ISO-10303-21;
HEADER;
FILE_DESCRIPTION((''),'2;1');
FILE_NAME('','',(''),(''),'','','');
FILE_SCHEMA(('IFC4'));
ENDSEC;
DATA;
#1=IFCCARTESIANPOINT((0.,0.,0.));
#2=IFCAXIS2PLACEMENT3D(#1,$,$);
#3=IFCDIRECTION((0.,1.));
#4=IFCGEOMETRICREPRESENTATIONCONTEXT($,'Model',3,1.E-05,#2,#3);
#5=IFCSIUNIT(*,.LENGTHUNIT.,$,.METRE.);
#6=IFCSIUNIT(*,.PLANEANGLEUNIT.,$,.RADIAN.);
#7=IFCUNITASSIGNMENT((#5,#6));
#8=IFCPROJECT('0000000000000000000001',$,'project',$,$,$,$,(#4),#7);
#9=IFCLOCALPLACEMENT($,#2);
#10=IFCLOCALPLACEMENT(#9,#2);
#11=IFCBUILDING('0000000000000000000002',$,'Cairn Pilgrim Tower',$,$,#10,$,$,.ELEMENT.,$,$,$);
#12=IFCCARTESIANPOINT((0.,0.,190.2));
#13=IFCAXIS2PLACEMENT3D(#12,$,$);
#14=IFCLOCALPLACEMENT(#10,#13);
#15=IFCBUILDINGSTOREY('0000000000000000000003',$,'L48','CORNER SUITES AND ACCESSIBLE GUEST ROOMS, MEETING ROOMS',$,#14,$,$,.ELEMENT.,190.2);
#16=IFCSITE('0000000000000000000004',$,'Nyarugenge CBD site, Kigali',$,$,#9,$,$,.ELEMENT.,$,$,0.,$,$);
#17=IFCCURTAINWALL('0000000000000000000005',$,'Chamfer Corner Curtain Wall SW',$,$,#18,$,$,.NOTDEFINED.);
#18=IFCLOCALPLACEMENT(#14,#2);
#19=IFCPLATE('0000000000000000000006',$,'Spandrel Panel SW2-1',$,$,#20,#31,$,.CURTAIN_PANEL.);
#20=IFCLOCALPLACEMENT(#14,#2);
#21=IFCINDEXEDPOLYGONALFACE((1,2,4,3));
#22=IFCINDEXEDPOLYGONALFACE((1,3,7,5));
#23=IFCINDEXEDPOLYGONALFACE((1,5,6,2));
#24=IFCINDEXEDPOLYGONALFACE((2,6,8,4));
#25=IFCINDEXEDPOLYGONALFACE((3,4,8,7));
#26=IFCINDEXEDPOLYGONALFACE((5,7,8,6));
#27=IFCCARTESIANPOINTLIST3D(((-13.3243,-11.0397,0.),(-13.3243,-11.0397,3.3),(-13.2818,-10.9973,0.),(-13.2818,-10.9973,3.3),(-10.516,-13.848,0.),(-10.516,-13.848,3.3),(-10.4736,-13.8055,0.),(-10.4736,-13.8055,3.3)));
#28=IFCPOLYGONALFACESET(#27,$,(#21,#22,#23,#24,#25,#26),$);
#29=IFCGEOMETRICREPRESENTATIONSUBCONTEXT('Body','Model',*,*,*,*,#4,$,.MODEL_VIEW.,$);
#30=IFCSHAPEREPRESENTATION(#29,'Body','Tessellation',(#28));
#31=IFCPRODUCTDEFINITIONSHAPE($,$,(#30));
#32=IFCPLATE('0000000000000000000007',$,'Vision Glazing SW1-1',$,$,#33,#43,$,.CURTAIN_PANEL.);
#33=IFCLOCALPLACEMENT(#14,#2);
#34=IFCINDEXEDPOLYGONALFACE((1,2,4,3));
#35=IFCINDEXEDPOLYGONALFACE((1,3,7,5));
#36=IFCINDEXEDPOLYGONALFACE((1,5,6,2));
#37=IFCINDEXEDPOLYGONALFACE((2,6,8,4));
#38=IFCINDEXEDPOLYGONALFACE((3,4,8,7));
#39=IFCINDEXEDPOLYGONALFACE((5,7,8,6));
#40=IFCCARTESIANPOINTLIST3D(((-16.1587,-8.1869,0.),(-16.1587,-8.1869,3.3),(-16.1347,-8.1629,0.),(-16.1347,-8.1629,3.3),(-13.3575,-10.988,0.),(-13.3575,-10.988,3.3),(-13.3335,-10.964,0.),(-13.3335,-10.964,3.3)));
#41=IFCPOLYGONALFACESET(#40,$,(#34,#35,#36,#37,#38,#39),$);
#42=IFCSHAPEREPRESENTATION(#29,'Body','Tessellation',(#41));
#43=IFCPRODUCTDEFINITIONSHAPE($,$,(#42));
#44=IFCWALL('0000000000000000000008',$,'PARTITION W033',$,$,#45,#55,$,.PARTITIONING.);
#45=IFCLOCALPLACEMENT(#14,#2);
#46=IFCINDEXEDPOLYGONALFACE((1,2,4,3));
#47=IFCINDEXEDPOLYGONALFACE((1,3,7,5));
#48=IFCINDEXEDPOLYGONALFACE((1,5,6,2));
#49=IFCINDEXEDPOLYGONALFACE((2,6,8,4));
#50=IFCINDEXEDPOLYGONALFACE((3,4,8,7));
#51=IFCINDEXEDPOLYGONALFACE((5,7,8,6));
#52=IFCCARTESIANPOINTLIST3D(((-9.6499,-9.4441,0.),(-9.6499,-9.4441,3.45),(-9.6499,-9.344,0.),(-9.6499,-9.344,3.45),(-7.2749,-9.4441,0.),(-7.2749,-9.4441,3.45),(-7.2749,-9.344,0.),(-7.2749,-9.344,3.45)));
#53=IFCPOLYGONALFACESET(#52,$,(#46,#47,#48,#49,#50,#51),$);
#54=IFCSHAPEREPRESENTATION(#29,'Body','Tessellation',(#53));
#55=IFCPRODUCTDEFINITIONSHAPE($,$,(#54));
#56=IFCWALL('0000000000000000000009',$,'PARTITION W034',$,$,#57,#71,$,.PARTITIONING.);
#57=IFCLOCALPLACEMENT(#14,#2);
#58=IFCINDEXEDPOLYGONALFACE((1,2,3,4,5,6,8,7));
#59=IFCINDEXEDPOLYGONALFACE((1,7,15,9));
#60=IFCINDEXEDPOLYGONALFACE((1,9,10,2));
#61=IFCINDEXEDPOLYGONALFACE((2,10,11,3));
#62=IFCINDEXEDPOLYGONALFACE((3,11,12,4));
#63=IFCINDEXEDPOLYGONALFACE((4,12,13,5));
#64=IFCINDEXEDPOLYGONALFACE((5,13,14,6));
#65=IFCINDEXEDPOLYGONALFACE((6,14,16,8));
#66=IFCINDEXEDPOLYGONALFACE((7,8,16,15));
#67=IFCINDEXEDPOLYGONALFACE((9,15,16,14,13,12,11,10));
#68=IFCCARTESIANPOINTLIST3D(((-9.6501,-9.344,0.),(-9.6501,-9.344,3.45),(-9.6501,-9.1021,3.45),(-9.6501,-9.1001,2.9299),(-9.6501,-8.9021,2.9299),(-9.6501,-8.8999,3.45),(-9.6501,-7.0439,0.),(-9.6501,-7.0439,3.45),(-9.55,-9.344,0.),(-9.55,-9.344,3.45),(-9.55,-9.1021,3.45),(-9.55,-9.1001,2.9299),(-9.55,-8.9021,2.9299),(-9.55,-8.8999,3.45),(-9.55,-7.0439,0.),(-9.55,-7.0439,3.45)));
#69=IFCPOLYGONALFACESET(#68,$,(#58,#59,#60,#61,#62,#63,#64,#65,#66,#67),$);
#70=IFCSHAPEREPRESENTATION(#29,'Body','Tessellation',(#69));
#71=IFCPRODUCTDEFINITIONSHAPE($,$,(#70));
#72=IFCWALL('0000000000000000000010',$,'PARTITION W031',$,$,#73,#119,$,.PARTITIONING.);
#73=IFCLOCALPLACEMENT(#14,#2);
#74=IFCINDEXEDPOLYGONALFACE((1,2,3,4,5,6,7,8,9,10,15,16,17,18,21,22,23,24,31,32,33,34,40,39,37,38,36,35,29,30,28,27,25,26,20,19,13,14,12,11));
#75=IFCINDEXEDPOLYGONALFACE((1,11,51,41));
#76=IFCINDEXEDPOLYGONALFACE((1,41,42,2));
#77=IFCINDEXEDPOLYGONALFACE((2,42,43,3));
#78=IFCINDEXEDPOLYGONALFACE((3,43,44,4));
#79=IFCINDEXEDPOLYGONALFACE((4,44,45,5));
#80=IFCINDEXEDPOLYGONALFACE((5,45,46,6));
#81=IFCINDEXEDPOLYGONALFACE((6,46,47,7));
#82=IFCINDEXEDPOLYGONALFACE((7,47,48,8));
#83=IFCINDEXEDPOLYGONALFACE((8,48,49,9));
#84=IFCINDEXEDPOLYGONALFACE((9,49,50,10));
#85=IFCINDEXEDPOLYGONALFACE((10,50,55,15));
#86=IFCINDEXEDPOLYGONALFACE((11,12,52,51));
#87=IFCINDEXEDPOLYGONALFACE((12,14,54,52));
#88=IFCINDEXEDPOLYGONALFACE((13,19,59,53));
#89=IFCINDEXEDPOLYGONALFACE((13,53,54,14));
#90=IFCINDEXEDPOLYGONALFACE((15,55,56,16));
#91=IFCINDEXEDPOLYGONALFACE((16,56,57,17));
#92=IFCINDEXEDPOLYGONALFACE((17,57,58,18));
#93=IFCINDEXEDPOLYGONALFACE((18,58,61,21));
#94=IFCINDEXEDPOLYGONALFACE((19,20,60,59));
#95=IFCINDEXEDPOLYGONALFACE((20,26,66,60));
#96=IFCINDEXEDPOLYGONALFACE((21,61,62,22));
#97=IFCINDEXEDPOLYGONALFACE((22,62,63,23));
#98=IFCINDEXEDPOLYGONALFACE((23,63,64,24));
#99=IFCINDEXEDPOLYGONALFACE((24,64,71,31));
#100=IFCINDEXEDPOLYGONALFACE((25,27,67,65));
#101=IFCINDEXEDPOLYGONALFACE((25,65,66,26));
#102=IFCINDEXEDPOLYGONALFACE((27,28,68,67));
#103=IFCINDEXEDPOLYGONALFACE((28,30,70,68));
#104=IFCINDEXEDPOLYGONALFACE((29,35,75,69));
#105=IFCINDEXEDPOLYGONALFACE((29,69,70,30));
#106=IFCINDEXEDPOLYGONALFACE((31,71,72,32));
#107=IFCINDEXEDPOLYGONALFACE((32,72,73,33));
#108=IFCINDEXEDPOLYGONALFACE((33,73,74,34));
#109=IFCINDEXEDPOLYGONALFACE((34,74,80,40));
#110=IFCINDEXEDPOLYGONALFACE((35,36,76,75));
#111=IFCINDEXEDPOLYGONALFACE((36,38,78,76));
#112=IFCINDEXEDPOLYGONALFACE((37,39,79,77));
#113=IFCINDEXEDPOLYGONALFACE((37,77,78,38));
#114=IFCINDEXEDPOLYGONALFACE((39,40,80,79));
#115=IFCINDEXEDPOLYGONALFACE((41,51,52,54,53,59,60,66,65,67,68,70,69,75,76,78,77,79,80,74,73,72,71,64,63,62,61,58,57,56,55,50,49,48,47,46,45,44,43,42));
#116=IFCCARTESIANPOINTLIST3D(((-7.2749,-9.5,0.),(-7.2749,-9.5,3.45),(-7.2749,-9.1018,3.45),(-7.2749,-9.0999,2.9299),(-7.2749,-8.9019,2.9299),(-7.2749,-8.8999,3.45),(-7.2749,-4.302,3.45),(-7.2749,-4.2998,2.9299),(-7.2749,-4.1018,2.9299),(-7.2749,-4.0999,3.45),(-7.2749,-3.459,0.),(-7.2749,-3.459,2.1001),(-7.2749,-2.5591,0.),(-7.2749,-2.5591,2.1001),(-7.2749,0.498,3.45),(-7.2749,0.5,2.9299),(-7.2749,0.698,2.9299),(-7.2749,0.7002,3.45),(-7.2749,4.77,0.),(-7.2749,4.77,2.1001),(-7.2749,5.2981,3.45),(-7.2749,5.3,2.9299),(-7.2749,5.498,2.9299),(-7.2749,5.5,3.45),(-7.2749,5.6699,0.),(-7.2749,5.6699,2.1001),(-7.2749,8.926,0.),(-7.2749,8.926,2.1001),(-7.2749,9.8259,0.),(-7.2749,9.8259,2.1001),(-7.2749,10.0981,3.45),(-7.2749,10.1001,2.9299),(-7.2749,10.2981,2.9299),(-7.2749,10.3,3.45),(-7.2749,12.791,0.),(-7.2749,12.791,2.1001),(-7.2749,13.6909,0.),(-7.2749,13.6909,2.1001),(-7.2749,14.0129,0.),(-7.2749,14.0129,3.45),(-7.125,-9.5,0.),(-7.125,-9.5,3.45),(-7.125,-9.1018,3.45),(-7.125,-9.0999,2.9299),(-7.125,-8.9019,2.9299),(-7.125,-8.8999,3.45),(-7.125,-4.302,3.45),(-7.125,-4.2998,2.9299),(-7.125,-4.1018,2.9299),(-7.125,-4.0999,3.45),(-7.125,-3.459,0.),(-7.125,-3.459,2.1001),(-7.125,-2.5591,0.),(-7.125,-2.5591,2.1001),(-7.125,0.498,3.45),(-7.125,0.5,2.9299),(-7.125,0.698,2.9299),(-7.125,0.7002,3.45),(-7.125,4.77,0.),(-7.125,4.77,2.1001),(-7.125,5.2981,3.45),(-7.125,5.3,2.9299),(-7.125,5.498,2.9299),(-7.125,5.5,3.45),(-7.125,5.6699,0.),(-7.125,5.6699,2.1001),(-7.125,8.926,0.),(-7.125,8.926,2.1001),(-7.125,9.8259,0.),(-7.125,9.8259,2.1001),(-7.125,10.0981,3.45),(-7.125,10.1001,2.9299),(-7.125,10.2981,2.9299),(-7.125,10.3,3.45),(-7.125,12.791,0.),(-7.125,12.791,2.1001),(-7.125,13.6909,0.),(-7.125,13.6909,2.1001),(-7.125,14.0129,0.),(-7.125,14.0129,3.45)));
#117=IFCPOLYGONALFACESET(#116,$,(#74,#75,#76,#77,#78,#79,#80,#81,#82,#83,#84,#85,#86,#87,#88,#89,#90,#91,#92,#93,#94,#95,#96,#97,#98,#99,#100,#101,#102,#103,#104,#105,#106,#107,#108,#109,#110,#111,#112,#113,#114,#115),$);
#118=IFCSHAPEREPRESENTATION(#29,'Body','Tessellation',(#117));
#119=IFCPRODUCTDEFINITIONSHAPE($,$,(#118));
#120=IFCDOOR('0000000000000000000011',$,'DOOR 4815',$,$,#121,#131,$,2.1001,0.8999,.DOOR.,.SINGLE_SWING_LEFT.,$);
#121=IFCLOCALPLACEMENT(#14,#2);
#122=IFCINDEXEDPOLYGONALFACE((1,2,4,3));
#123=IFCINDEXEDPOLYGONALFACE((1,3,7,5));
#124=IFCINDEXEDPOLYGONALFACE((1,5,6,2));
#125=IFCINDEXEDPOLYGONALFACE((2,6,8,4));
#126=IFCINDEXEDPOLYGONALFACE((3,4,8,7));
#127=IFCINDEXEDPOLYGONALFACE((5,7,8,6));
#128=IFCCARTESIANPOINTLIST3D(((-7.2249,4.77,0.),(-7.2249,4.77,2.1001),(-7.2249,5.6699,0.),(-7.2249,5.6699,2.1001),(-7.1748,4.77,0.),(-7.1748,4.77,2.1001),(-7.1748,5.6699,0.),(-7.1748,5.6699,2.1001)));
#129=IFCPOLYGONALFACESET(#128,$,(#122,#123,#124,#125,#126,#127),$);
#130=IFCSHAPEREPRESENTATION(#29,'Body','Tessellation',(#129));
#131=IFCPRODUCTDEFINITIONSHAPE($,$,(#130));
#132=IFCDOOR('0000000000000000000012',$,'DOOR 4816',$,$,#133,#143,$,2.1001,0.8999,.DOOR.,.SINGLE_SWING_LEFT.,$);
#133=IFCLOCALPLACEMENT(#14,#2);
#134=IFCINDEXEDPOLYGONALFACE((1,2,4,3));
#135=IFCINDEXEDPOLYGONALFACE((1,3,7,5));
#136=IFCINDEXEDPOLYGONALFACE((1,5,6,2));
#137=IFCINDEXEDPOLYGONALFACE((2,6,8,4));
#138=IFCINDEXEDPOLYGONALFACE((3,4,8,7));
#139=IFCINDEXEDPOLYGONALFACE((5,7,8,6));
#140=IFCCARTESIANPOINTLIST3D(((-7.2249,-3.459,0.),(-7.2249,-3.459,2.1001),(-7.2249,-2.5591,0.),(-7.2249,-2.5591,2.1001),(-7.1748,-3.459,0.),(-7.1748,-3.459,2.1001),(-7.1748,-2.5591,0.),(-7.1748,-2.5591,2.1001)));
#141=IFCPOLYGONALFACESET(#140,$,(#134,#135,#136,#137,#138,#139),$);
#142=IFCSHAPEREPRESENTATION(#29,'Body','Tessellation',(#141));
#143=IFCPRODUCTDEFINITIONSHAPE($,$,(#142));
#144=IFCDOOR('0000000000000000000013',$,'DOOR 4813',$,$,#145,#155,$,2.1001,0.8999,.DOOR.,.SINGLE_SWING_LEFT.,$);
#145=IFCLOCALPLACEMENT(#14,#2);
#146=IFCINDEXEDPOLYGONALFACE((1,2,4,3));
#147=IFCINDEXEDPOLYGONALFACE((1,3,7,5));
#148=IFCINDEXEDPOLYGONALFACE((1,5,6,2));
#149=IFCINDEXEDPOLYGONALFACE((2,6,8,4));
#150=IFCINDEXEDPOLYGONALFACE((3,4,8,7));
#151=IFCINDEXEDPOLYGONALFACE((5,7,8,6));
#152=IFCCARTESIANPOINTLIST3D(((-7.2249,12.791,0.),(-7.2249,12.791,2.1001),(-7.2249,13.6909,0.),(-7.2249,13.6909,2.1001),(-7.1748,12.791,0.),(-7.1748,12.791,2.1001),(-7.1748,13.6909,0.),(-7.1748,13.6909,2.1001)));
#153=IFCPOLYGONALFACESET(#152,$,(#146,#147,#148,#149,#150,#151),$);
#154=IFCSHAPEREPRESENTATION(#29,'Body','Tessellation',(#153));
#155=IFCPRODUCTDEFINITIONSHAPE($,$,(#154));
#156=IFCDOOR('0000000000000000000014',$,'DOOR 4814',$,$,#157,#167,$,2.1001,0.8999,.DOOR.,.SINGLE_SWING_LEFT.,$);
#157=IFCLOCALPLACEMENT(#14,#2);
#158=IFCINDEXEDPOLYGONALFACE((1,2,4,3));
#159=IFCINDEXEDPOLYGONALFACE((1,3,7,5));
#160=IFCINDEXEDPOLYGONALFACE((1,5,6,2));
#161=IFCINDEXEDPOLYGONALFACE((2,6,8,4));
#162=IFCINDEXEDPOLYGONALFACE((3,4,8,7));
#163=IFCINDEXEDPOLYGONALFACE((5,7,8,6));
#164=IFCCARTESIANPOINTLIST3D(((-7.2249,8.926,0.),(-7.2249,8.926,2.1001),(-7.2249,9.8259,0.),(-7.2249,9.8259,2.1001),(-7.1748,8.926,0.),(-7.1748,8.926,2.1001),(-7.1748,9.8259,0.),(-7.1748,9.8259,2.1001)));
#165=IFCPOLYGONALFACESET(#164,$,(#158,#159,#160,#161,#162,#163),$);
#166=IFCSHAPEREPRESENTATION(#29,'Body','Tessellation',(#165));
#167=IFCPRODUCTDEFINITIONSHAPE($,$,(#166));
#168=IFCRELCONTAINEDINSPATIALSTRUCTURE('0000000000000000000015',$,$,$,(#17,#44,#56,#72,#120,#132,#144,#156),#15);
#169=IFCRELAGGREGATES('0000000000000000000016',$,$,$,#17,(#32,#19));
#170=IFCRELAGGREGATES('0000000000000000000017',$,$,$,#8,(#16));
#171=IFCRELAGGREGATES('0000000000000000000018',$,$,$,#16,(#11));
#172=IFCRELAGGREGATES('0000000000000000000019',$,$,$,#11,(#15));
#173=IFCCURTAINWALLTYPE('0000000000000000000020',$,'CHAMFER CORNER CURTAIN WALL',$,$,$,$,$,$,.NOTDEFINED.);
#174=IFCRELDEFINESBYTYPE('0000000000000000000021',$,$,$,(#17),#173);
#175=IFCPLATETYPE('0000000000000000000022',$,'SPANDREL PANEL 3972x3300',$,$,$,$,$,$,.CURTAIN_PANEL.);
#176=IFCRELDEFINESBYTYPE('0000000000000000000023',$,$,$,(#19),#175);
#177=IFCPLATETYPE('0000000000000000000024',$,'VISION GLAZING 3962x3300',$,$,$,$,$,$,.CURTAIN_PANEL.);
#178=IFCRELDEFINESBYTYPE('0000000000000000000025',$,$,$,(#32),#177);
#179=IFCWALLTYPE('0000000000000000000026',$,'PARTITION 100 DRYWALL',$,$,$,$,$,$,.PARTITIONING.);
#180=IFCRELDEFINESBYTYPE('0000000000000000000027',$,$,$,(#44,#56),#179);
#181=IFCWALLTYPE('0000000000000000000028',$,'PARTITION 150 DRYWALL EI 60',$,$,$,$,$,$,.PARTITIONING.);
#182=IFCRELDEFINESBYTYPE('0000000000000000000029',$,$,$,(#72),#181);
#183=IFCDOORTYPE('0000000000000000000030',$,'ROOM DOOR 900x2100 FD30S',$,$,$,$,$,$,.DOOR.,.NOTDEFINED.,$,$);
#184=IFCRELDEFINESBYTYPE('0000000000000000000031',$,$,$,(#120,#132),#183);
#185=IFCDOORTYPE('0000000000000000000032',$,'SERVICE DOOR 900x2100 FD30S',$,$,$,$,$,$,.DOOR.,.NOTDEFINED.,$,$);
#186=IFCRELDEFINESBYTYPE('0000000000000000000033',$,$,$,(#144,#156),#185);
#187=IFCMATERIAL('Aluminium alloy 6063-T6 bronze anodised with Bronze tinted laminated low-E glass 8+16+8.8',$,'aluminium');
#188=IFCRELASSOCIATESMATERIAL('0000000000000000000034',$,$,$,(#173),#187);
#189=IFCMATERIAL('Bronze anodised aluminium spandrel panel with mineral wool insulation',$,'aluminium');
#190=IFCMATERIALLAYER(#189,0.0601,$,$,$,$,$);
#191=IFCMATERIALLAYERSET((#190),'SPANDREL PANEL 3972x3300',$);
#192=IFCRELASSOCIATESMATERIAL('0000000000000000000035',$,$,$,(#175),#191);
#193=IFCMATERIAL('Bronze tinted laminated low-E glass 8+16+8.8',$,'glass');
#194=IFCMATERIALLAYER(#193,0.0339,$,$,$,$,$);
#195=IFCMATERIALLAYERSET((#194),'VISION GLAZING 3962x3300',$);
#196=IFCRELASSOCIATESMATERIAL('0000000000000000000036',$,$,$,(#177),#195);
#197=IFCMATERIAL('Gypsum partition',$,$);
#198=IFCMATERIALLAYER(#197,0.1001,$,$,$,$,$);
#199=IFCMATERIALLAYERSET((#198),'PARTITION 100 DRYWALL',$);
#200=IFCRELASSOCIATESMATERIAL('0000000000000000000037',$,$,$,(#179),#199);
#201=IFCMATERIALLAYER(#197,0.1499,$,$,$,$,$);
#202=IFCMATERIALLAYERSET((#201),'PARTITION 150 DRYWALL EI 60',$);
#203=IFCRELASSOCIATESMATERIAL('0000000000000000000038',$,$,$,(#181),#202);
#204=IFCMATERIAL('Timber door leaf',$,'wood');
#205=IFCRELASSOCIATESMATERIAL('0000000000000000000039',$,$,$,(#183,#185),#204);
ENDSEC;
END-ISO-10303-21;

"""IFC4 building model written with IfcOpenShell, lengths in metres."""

from ifc_helpers import new_model, si_unit, direction, frame, frame_2d, origin, origin_2d, place, context, subcontext, project, spatial, polyline, rectangle, outline, extrude, material, layer, layer_set, type_object, element, fill, aggregate, save


model = new_model("IFC4")

# Units and contexts
model_context = context("Model", 3, precision=1e-05, world=origin(), true_north=direction((0.0, 1.0)))
body_context = subcontext(model_context, "Body", "Model", "MODEL_VIEW")
ifc_project = project(units=[si_unit("LENGTHUNIT", "METRE"), si_unit("PLANEANGLEUNIT", "RADIAN")], contexts=[model_context])

# Site, building, storey
site_placement = place(None, origin())
site = spatial("IfcSite", under=ifc_project, at=site_placement, Name="Nyarugenge CBD site, Kigali", CompositionType="ELEMENT", RefElevation=0.0)
building_placement = place(site_placement, origin())
building = spatial("IfcBuilding", under=site, at=building_placement, Name="Cairn Pilgrim Tower", CompositionType="ELEMENT")
storey_placement = place(building_placement, frame((0.0, 0.0, 190.2)))
storey = spatial("IfcBuildingStorey", under=building, at=storey_placement, Name="L48", Description="CORNER SUITES AND ACCESSIBLE GUEST ROOMS, MEETING ROOMS", CompositionType="ELEMENT", Elevation=190.2)

# Curtain wall
ifc_material_1 = material(Name="Aluminium alloy 6063-T6 bronze anodised with Bronze tinted laminated low-E glass 8+16+8.8", Category="aluminium")
curtain_wall_type = type_object("IfcCurtainWallType", Name="CHAMFER CORNER CURTAIN WALL", PredefinedType="NOTDEFINED", material=ifc_material_1)
curtain_wall_placement = place(storey_placement, origin())
curtain_wall = element("IfcCurtainWall", 1, at=curtain_wall_placement, inside=storey, type_object=curtain_wall_type, Name="Chamfer Corner Curtain Wall SW", PredefinedType="NOTDEFINED")

# Plates
ifc_material_2 = material(Name="Bronze anodised aluminium spandrel panel with mineral wool insulation", Category="aluminium")
ifc_layer_1 = layer(ifc_material_2, 0.0601)
ifc_layer_set_1 = layer_set([ifc_layer_1], Name="SPANDREL PANEL 3972x3300")
plate_type_1 = type_object("IfcPlateType", Name="SPANDREL PANEL 3972x3300", PredefinedType="CURTAIN_PANEL", material=ifc_layer_set_1)
plate_1_placement = place(storey_placement, frame((-11.8989, -12.4226, 0.0), z_axis=(0.0, 0.0, 1.0), x_axis=(0.707107, -0.707107, 0.0)))
plate_1 = element("IfcPlate", 2, at=plate_1_placement, type_object=plate_type_1, Name="Spandrel Panel SW2-1", PredefinedType="CURTAIN_PANEL", context=body_context, shape_type="SweptSolid", body=[
    extrude(rectangle(XDim=3.9714, YDim=0.0601, at=origin_2d()), origin(), (0.0, 0.0, 1.0), 3.3),
])
ifc_material_3 = material(Name="Bronze tinted laminated low-E glass 8+16+8.8", Category="glass")
ifc_layer_2 = layer(ifc_material_3, 0.0339)
ifc_layer_set_2 = layer_set([ifc_layer_2], Name="VISION GLAZING 3962x3300")
plate_type_2 = type_object("IfcPlateType", Name="VISION GLAZING 3962x3300", PredefinedType="CURTAIN_PANEL", material=ifc_layer_set_2)
plate_2_placement = place(storey_placement, frame((-14.7461, -9.5754, 0.0), z_axis=(0.0, 0.0, 1.0), x_axis=(0.707107, -0.707107, 0.0)))
plate_2 = element("IfcPlate", 3, at=plate_2_placement, type_object=plate_type_2, Name="Vision Glazing SW1-1", PredefinedType="CURTAIN_PANEL", context=body_context, shape_type="SweptSolid", body=[
    extrude(rectangle(XDim=3.9614, YDim=0.0339, at=origin_2d()), origin(), (0.0, 0.0, 1.0), 3.3),
])
aggregate(curtain_wall, [plate_2, plate_1])

# Walls
ifc_material_4 = material(Name="Gypsum partition")
ifc_layer_3 = layer(ifc_material_4, 0.1001)
ifc_layer_set_3 = layer_set([ifc_layer_3], Name="PARTITION 100 DRYWALL")
wall_type_1 = type_object("IfcWallType", Name="PARTITION 100 DRYWALL", PredefinedType="PARTITIONING", material=ifc_layer_set_3)
wall_1_placement = place(storey_placement, frame((-9.6499, -9.394, 0.0), z_axis=(0.0, 0.0, 1.0), x_axis=(1.0, 0.0, 0.0)))
element("IfcWall", 4, at=wall_1_placement, inside=storey, type_object=wall_type_1, Name="PARTITION W033", PredefinedType="PARTITIONING", context=body_context, shape_type="SweptSolid", body=[
    extrude(rectangle(XDim=2.375, YDim=0.1001, at=frame_2d((1.1875, 0.0))), origin(), (0.0, 0.0, 1.0), 3.45),
])
wall_2_placement = place(storey_placement, frame((-9.6001, -9.344, 0.0), z_axis=(0.0, 0.0, 1.0), x_axis=(0.0, 1.0, 0.0)))
element("IfcWall", 5, at=wall_2_placement, inside=storey, type_object=wall_type_1, Name="PARTITION W034", PredefinedType="PARTITIONING", context=body_context, shape_type="SweptSolid", body=[
    extrude(outline(polyline([(0.0, 0.0), (2.3, 0.0), (2.3, 3.45), (0.4441, 3.45), (0.4419, 2.9299), (0.2439, 2.9299), (0.2419, 3.45), (0.0, 3.45), (0.0, 0.0)])), frame((0.0, 0.05, 0.0), z_axis=(0.0, -1.0, 0.0), x_axis=(1.0, 0.0, 0.0)), (0.0, 0.0, 1.0), 0.1001),
])

# Wall, openings, doors
ifc_layer_4 = layer(ifc_material_4, 0.1499)
ifc_layer_set_4 = layer_set([ifc_layer_4], Name="PARTITION 150 DRYWALL EI 60")
wall_type_2 = type_object("IfcWallType", Name="PARTITION 150 DRYWALL EI 60", PredefinedType="PARTITIONING", material=ifc_layer_set_4)
wall_3_placement = place(storey_placement, frame((-7.2, -9.5, 0.0), z_axis=(0.0, 0.0, 1.0), x_axis=(0.0, 1.0, 0.0)))
wall_3 = element("IfcWall", 6, at=wall_3_placement, inside=storey, type_object=wall_type_2, Name="PARTITION W031", PredefinedType="PARTITIONING", context=body_context, shape_type="SweptSolid", body=[
    extrude(outline(polyline([(0.0, 0.0), (23.5129, 0.0), (23.5129, 3.45), (19.8, 3.45), (19.7981, 2.9299), (19.6001, 2.9299), (19.5981, 3.45), (15.0, 3.45), (14.998, 2.9299), (14.8, 2.9299), (14.7981, 3.45), (10.2002, 3.45), (10.198, 2.9299), (10.0, 2.9299), (9.998, 3.45), (5.4001, 3.45), (5.3982, 2.9299), (5.2002, 2.9299), (5.198, 3.45), (0.6001, 3.45), (0.5981, 2.9299), (0.4001, 2.9299), (0.3982, 3.45), (0.0, 3.45), (0.0, 0.0)])), frame((0.0, 0.075, 0.0), z_axis=(0.0, -1.0, 0.0), x_axis=(1.0, 0.0, 0.0)), (0.0, 0.0, 1.0), 0.1499),
])
opening_1_placement = place(wall_3_placement, frame((22.291, 0.0, 0.0)))
opening_1 = element("IfcOpeningElement", 7, at=opening_1_placement, cuts=wall_3, PredefinedType="OPENING", context=body_context, shape_type="SweptSolid", body=[
    extrude(rectangle(XDim=0.8999, YDim=2.1001, at=frame_2d((0.45, 1.05))), frame((0.0, 0.085, 0.0), z_axis=(0.0, -1.0, 0.0), x_axis=(1.0, 0.0, 0.0)), (0.0, 0.0, 1.0), 0.1699),
])
opening_2_placement = place(wall_3_placement, frame((18.426, 0.0, 0.0)))
opening_2 = element("IfcOpeningElement", 8, at=opening_2_placement, cuts=wall_3, PredefinedType="OPENING", context=body_context, shape_type="SweptSolid", body=[
    extrude(rectangle(XDim=0.8999, YDim=2.1001, at=frame_2d((0.45, 1.05))), frame((0.0, 0.085, 0.0), z_axis=(0.0, -1.0, 0.0), x_axis=(1.0, 0.0, 0.0)), (0.0, 0.0, 1.0), 0.1699),
])
opening_3_placement = place(wall_3_placement, frame((14.27, 0.0, 0.0)))
opening_3 = element("IfcOpeningElement", 9, at=opening_3_placement, cuts=wall_3, PredefinedType="OPENING", context=body_context, shape_type="SweptSolid", body=[
    extrude(rectangle(XDim=0.8999, YDim=2.1001, at=frame_2d((0.45, 1.05))), frame((0.0, 0.085, 0.0), z_axis=(0.0, -1.0, 0.0), x_axis=(1.0, 0.0, 0.0)), (0.0, 0.0, 1.0), 0.1699),
])
opening_4_placement = place(wall_3_placement, frame((6.041, 0.0, 0.0)))
opening_4 = element("IfcOpeningElement", 10, at=opening_4_placement, cuts=wall_3, PredefinedType="OPENING", context=body_context, shape_type="SweptSolid", body=[
    extrude(rectangle(XDim=0.8999, YDim=2.1001, at=frame_2d((0.45, 1.05))), frame((0.0, 0.085, 0.0), z_axis=(0.0, -1.0, 0.0), x_axis=(1.0, 0.0, 0.0)), (0.0, 0.0, 1.0), 0.1699),
])
ifc_material_5 = material(Name="Timber door leaf", Category="wood")
door_type_1 = type_object("IfcDoorType", Name="ROOM DOOR 900x2100 FD30S", OperationType="NOTDEFINED", PredefinedType="DOOR", material=ifc_material_5)
door_1_placement = place(opening_3_placement, origin())
door_1 = element("IfcDoor", 11, at=door_1_placement, inside=storey, type_object=door_type_1, Name="DOOR 4815", OperationType="SINGLE_SWING_LEFT", OverallHeight=2.1001, OverallWidth=0.8999, PredefinedType="DOOR", context=body_context, shape_type="SweptSolid", body=[
    extrude(rectangle(XDim=0.8999, YDim=2.1001, at=frame_2d((0.45, 1.05))), frame((0.0, 0.0249, 0.0), z_axis=(0.0, -1.0, 0.0), x_axis=(1.0, 0.0, 0.0)), (0.0, 0.0, 1.0), 0.05),
])
fill(opening_3, door_1)
door_2_placement = place(opening_4_placement, origin())
door_2 = element("IfcDoor", 12, at=door_2_placement, inside=storey, type_object=door_type_1, Name="DOOR 4816", OperationType="SINGLE_SWING_LEFT", OverallHeight=2.1001, OverallWidth=0.8999, PredefinedType="DOOR", context=body_context, shape_type="SweptSolid", body=[
    extrude(rectangle(XDim=0.8999, YDim=2.1001, at=frame_2d((0.45, 1.05))), frame((0.0, 0.0249, 0.0), z_axis=(0.0, -1.0, 0.0), x_axis=(1.0, 0.0, 0.0)), (0.0, 0.0, 1.0), 0.05),
])
fill(opening_4, door_2)
door_type_2 = type_object("IfcDoorType", Name="SERVICE DOOR 900x2100 FD30S", OperationType="NOTDEFINED", PredefinedType="DOOR", material=ifc_material_5)
door_3_placement = place(opening_1_placement, origin())
door_3 = element("IfcDoor", 13, at=door_3_placement, inside=storey, type_object=door_type_2, Name="DOOR 4813", OperationType="SINGLE_SWING_LEFT", OverallHeight=2.1001, OverallWidth=0.8999, PredefinedType="DOOR", context=body_context, shape_type="SweptSolid", body=[
    extrude(rectangle(XDim=0.8999, YDim=2.1001, at=frame_2d((0.45, 1.05))), frame((0.0, 0.0249, 0.0), z_axis=(0.0, -1.0, 0.0), x_axis=(1.0, 0.0, 0.0)), (0.0, 0.0, 1.0), 0.05),
])
fill(opening_1, door_3)
door_4_placement = place(opening_2_placement, origin())
door_4 = element("IfcDoor", 14, at=door_4_placement, inside=storey, type_object=door_type_2, Name="DOOR 4814", OperationType="SINGLE_SWING_LEFT", OverallHeight=2.1001, OverallWidth=0.8999, PredefinedType="DOOR", context=body_context, shape_type="SweptSolid", body=[
    extrude(rectangle(XDim=0.8999, YDim=2.1001, at=frame_2d((0.45, 1.05))), frame((0.0, 0.0249, 0.0), z_axis=(0.0, -1.0, 0.0), x_axis=(1.0, 0.0, 0.0)), (0.0, 0.0, 1.0), 0.05),
])
fill(opening_2, door_4)

save(model, "model.ifc")
